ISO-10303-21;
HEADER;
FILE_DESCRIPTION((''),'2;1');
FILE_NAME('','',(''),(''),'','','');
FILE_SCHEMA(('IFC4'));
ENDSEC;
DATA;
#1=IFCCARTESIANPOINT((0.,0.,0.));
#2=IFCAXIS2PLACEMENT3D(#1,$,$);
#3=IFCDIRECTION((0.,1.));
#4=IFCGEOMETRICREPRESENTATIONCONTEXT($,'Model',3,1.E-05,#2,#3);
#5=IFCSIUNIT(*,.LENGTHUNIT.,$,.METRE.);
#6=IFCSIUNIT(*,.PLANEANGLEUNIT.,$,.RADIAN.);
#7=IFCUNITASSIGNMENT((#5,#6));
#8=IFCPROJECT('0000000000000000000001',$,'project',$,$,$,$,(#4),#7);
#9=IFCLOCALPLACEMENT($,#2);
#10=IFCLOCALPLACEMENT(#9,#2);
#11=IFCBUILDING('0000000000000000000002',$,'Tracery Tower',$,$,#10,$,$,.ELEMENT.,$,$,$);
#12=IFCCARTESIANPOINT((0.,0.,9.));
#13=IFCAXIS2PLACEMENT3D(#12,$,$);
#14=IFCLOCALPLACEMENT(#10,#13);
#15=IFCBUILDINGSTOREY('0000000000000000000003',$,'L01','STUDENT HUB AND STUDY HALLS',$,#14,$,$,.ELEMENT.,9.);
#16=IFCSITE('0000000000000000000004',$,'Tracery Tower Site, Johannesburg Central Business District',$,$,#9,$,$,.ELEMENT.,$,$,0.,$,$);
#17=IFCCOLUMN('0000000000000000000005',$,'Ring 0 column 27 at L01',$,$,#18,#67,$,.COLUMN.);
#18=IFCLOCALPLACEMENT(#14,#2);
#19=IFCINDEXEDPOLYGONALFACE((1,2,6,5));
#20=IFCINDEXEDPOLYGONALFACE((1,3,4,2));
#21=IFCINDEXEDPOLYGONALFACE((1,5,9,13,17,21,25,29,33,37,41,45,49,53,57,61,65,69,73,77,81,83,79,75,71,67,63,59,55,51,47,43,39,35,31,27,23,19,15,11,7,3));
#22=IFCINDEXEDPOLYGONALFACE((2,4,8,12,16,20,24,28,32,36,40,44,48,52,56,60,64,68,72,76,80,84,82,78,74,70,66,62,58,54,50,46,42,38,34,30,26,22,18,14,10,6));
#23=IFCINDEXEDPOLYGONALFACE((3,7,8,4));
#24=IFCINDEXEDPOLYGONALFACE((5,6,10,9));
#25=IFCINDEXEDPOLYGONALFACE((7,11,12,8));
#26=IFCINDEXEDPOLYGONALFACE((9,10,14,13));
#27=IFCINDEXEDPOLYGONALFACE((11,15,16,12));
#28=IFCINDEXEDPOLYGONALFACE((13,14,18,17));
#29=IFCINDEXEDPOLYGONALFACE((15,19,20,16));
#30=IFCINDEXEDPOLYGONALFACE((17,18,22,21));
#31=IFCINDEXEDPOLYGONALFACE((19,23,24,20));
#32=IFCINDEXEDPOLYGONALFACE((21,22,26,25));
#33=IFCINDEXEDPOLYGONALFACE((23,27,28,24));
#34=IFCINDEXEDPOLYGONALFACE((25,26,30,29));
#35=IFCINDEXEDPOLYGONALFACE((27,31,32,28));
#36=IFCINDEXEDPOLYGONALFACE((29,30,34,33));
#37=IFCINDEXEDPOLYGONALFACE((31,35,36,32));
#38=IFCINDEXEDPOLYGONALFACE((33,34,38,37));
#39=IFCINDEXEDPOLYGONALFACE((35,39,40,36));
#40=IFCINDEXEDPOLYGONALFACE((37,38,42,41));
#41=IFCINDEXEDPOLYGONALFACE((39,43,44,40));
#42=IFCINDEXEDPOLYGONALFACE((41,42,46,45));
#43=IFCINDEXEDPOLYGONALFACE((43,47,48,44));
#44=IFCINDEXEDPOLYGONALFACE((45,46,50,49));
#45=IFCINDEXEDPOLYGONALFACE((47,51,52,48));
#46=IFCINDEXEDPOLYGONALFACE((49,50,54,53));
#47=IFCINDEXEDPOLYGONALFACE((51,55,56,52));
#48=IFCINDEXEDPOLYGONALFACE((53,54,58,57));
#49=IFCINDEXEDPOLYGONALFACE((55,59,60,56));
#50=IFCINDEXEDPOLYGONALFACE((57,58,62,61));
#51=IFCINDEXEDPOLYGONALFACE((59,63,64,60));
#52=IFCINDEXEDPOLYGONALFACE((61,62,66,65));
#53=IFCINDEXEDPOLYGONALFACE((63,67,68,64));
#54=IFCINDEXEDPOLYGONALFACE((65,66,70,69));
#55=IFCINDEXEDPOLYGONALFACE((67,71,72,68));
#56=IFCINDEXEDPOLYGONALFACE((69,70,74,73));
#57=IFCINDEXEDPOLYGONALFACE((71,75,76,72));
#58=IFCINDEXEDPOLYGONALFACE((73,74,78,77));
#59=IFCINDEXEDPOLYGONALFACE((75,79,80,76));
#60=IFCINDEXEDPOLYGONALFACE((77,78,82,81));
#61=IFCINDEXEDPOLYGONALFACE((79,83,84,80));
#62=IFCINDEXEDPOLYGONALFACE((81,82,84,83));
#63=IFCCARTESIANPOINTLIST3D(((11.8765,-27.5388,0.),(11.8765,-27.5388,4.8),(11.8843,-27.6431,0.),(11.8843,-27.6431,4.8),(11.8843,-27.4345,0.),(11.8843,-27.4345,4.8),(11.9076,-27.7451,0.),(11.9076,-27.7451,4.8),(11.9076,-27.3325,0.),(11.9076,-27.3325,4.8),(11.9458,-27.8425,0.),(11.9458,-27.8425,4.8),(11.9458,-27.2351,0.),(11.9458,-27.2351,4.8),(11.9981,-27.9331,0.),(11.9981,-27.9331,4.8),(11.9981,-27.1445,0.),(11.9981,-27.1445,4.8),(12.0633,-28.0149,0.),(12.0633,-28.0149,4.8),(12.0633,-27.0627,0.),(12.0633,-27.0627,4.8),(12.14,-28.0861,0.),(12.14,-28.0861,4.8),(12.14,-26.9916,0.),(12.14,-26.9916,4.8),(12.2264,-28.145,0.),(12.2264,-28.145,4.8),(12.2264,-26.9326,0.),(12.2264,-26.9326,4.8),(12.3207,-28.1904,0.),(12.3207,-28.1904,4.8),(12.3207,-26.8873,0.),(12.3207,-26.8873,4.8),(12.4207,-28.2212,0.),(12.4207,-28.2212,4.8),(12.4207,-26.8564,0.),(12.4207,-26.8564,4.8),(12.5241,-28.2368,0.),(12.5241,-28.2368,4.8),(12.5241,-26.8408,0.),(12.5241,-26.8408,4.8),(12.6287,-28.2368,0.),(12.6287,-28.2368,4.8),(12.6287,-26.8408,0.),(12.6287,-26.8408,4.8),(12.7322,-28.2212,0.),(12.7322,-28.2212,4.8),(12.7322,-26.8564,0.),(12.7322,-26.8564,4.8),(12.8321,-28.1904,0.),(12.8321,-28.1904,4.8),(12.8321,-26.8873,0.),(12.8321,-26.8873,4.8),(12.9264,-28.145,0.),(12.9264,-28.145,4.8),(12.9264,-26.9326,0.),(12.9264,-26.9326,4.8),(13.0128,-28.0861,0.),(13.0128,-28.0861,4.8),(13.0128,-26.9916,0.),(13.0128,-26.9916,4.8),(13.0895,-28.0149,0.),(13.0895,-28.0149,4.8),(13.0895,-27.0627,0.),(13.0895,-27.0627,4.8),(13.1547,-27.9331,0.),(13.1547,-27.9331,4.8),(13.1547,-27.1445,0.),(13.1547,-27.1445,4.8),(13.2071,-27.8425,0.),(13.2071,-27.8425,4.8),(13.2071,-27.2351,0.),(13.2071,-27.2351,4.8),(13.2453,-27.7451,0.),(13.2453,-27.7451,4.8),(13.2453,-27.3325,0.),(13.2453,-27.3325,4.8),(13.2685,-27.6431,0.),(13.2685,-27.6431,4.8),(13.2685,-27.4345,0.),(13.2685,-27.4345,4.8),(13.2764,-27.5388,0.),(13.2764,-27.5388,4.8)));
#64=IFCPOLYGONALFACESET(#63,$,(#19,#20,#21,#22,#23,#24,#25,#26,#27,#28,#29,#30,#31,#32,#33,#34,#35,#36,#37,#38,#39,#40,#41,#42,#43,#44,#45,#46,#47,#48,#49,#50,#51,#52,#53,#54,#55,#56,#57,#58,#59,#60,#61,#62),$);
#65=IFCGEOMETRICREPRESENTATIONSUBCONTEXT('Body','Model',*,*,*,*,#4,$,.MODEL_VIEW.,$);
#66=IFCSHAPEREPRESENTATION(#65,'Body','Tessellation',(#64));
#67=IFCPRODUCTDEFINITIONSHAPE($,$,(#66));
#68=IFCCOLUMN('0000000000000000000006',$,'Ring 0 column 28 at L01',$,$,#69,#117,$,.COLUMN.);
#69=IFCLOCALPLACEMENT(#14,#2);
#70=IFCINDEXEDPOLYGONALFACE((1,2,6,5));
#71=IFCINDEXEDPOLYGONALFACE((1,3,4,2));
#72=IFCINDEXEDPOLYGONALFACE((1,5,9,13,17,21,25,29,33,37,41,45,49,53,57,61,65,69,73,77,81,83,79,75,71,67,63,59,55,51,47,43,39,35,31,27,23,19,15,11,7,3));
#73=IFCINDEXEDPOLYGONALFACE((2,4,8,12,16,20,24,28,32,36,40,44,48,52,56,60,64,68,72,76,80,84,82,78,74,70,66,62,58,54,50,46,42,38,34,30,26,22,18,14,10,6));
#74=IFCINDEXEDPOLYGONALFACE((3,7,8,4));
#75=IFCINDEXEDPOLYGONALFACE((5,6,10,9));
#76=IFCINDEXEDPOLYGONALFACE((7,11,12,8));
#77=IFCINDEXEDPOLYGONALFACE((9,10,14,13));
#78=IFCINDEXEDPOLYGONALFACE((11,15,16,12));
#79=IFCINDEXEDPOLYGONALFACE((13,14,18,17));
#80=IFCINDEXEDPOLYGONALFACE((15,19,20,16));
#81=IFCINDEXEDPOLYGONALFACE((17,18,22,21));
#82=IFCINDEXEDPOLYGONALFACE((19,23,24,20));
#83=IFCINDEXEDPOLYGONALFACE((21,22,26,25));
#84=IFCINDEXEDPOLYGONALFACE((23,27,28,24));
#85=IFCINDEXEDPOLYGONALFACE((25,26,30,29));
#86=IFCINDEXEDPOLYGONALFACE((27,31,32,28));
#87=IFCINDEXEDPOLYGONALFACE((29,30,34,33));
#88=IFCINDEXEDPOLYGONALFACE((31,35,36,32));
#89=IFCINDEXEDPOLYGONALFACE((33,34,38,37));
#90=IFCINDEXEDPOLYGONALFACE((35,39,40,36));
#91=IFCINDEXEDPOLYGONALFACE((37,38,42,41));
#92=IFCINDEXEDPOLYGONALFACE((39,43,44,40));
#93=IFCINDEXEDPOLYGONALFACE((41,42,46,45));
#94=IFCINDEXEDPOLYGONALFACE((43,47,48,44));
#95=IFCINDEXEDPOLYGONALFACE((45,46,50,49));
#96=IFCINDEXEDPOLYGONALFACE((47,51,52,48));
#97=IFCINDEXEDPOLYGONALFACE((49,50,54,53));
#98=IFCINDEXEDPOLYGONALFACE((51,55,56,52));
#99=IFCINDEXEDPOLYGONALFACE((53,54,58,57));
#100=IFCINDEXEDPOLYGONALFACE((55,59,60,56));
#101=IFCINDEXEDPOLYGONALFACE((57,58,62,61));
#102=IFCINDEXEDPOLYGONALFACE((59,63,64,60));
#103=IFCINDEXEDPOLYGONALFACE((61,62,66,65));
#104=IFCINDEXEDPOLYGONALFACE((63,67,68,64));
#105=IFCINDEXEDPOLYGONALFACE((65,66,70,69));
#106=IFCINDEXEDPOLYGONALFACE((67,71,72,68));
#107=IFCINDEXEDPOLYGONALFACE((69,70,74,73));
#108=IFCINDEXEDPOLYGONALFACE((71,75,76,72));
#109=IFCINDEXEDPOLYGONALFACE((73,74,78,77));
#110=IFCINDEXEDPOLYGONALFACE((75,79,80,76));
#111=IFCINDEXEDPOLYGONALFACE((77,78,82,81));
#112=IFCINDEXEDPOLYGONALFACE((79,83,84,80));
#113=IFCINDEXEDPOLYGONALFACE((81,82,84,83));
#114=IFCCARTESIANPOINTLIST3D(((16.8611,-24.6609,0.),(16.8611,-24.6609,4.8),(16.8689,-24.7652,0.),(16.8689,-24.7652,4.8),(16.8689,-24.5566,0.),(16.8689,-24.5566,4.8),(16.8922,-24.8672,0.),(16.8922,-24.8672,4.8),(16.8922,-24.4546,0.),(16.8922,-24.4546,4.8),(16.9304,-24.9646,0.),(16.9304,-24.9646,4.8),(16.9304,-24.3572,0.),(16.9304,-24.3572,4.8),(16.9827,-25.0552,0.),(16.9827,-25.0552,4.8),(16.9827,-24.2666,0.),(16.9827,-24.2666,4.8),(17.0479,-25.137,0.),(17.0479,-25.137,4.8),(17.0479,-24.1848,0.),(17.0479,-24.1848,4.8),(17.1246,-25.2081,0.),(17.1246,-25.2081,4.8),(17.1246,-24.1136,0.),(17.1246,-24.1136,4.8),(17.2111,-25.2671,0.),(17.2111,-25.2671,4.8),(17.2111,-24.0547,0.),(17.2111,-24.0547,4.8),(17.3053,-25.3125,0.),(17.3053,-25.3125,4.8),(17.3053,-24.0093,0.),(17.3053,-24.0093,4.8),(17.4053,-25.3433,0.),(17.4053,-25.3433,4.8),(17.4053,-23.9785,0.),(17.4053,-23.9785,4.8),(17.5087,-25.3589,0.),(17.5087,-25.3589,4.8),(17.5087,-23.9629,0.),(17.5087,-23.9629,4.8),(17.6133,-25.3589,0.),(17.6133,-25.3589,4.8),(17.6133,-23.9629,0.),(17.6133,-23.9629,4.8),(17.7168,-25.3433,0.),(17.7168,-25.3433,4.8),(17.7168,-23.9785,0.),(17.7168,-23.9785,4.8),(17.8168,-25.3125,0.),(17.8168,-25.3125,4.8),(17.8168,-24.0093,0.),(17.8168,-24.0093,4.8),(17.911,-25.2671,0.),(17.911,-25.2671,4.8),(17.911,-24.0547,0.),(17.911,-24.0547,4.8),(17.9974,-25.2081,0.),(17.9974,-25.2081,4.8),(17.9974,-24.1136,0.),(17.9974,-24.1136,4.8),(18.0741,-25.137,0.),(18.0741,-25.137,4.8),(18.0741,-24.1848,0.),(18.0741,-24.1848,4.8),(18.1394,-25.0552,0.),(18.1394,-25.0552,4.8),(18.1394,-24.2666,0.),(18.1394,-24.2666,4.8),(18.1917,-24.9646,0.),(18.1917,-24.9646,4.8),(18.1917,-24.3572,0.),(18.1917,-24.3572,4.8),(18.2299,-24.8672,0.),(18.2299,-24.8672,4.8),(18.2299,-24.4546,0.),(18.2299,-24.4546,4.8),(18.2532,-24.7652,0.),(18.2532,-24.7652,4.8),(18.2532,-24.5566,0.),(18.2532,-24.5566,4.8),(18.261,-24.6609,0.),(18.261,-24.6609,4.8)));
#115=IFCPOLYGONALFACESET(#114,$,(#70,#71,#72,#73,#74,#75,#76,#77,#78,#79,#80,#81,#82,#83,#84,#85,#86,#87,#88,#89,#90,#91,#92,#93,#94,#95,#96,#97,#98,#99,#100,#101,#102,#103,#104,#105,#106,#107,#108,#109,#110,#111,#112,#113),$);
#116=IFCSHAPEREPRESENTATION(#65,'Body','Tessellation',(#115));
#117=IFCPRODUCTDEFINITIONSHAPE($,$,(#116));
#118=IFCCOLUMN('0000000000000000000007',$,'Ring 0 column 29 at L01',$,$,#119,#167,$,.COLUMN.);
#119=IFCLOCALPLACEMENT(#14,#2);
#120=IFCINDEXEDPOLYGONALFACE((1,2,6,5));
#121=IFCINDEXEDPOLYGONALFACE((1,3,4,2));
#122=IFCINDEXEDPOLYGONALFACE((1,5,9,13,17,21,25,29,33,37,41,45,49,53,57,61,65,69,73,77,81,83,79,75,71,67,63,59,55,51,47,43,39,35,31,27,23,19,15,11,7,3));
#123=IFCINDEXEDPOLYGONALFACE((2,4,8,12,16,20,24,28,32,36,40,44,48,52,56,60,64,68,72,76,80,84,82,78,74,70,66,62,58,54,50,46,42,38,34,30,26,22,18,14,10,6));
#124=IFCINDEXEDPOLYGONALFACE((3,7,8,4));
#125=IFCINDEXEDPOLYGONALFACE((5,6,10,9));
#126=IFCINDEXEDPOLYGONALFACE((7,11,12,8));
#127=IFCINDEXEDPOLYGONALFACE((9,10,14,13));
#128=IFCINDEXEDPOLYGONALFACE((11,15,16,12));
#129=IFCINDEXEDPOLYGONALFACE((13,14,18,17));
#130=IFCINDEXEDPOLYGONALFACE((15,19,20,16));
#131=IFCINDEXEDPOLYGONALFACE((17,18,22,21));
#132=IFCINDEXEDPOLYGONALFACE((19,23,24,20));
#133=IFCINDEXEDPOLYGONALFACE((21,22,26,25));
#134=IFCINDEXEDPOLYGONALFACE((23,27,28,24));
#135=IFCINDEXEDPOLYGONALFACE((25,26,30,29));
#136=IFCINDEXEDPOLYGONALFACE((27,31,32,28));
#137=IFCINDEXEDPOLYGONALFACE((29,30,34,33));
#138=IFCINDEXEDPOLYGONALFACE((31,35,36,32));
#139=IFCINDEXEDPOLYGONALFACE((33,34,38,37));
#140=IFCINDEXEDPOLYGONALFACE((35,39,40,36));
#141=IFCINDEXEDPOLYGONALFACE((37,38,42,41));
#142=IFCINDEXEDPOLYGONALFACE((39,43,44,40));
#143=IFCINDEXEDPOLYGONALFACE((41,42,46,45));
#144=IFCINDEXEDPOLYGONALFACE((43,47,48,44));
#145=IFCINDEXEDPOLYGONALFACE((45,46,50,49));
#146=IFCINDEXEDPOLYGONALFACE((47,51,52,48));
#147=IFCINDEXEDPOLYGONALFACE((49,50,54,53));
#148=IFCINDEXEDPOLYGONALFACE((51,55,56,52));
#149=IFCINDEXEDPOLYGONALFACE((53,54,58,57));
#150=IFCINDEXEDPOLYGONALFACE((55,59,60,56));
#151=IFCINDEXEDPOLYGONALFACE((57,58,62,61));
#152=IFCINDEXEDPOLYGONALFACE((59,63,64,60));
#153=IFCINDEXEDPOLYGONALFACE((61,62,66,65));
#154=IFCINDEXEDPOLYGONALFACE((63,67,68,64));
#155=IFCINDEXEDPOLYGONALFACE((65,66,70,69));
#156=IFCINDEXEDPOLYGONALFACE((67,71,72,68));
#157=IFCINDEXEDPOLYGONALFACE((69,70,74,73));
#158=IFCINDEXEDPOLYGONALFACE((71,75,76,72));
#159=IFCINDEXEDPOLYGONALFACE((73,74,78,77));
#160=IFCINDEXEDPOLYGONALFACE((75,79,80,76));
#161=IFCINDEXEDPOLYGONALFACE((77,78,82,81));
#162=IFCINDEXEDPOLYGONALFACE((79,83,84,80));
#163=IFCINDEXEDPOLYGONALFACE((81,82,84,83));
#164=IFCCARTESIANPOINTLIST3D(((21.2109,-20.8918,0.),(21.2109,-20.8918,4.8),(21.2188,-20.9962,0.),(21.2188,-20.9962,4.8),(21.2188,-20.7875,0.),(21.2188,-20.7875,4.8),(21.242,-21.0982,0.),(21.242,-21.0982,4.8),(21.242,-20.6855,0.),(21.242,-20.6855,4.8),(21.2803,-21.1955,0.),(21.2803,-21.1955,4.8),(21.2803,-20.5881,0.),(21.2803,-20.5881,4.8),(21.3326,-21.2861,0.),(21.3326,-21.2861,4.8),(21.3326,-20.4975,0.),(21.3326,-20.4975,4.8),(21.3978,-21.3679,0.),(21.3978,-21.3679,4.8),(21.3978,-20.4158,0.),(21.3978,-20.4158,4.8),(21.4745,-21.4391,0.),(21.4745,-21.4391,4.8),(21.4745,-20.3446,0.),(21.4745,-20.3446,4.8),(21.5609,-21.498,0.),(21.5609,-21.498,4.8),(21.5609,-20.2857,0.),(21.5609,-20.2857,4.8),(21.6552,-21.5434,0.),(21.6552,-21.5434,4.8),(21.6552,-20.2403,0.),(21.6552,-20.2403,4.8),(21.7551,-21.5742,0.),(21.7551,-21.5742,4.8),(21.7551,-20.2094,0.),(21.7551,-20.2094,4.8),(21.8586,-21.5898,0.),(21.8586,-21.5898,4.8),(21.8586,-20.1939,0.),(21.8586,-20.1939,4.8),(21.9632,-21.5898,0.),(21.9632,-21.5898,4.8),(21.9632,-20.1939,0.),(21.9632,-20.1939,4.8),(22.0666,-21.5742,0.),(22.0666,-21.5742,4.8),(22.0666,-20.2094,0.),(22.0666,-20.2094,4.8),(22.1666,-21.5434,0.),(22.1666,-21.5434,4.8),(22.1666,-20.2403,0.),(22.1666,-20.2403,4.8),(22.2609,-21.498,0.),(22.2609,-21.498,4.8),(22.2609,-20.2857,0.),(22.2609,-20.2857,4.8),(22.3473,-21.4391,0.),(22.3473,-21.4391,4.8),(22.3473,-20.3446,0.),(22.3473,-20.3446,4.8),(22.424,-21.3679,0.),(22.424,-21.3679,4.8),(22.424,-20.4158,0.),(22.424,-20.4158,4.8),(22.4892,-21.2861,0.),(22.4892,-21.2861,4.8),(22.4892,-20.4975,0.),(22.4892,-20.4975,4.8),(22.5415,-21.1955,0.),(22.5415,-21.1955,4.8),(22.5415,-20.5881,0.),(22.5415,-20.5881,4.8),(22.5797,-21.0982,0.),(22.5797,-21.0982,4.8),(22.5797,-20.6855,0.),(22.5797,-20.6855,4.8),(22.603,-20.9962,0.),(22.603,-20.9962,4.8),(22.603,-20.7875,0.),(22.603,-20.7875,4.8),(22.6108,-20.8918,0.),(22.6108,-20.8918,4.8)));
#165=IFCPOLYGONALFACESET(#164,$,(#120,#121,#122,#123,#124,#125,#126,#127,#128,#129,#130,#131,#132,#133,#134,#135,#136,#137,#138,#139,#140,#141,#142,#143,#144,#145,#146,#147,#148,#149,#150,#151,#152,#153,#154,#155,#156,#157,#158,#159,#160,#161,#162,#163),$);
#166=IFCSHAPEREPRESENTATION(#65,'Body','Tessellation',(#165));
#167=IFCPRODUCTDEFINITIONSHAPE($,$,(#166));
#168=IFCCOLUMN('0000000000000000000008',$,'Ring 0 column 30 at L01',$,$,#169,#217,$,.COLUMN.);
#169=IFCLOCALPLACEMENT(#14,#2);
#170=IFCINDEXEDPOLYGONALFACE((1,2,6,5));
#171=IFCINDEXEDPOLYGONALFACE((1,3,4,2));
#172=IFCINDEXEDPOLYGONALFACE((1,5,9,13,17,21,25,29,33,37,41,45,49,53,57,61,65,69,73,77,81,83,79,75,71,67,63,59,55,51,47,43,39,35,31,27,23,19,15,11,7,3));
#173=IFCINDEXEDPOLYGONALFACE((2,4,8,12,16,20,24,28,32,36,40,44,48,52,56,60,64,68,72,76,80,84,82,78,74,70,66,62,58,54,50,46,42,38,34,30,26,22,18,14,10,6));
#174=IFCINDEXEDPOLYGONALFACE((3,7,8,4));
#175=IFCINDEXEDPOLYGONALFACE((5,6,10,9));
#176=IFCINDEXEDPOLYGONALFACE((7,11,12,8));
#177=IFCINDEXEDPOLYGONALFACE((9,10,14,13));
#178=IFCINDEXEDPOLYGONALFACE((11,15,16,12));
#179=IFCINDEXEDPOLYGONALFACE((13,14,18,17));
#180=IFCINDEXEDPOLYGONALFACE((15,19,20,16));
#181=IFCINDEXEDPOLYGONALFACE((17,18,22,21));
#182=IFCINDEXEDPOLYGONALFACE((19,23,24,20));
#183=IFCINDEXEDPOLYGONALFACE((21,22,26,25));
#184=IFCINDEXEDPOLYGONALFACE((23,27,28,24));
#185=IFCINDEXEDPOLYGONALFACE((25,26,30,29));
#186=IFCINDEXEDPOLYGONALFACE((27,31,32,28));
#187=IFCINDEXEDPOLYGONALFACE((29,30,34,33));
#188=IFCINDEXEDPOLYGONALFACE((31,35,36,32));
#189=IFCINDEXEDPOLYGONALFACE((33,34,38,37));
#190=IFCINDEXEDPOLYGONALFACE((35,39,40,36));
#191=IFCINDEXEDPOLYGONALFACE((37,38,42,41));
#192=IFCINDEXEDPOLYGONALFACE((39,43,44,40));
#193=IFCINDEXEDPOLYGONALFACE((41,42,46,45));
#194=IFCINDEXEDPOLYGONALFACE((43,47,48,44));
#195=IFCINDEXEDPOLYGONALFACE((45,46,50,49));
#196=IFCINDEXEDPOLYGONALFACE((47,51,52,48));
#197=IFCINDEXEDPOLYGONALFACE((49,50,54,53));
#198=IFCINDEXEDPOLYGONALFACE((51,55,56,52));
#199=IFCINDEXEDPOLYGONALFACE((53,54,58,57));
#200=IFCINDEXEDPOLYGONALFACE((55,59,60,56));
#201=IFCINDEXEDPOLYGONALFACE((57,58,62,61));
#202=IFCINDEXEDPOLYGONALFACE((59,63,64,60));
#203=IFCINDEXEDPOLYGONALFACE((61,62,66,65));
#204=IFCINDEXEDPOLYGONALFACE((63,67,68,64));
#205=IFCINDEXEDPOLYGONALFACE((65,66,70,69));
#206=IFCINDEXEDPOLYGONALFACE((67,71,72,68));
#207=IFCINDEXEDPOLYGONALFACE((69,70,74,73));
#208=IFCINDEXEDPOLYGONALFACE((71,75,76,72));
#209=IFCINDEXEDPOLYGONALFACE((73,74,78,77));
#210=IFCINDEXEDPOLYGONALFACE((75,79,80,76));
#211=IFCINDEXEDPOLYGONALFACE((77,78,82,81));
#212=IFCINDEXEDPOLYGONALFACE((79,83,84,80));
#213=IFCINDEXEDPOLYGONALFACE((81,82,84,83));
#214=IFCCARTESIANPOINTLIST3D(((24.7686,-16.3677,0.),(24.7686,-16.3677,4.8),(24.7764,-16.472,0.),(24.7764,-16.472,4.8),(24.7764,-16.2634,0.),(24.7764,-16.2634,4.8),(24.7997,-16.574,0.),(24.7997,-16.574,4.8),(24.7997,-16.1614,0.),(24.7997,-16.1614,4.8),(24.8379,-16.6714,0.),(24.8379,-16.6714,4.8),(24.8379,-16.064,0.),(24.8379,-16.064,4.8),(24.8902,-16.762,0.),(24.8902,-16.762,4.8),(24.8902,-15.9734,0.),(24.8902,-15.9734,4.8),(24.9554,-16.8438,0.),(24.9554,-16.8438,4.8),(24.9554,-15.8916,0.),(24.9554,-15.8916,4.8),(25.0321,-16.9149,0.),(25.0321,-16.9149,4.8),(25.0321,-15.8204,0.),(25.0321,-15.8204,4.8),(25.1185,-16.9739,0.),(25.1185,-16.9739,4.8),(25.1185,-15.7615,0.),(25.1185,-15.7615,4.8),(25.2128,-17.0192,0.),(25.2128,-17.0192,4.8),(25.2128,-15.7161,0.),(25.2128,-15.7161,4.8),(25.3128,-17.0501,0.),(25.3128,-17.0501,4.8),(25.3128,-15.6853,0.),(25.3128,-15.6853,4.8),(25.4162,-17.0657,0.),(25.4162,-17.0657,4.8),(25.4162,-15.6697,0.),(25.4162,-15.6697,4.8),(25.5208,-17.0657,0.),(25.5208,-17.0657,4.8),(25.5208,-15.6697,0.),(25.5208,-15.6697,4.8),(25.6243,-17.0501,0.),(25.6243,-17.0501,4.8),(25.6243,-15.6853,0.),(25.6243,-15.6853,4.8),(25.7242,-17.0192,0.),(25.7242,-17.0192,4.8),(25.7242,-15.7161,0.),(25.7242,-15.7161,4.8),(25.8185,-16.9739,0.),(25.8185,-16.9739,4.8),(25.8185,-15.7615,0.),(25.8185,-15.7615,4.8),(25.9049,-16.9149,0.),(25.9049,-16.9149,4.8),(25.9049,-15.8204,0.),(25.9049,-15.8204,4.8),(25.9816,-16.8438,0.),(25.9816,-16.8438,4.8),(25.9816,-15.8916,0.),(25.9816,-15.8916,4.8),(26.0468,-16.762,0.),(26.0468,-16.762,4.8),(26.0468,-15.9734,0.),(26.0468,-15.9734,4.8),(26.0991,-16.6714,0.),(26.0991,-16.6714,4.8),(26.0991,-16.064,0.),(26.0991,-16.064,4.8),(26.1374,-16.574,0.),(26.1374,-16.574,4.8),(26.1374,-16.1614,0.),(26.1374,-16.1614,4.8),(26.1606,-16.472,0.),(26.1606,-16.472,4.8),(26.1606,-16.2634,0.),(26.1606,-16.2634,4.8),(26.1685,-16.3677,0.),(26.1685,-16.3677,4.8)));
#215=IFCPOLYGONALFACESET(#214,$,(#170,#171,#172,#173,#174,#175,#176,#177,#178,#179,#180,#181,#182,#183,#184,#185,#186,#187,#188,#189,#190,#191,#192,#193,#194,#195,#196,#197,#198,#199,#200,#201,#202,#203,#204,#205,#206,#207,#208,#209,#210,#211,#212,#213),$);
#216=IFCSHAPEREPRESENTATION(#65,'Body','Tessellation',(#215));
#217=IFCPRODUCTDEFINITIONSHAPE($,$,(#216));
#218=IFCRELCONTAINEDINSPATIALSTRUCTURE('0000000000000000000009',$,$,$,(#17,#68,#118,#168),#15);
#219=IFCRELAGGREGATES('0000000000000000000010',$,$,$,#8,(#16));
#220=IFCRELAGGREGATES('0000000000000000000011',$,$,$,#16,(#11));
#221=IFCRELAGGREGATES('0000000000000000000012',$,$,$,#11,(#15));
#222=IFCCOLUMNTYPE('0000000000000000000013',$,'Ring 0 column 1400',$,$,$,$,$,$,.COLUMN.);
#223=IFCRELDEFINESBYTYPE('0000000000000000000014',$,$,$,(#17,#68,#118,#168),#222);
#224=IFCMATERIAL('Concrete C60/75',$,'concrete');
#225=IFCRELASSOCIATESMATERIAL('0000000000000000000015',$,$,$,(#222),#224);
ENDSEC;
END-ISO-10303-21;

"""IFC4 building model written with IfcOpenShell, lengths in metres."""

from ifc_helpers import new_model, si_unit, direction, frame, origin, origin_2d, place, context, subcontext, project, spatial, circle, extrude, material, material_profile, profile_set, type_object, element, save


model = new_model("IFC4")

# Units and contexts
model_context = context("Model", 3, precision=1e-05, world=origin(), true_north=direction((0.0, 1.0)))
body_context = subcontext(model_context, "Body", "Model", "MODEL_VIEW")
ifc_project = project(units=[si_unit("LENGTHUNIT", "METRE"), si_unit("PLANEANGLEUNIT", "RADIAN")], contexts=[model_context])

# Site, building, storey
site_placement = place(None, origin())
site = spatial("IfcSite", under=ifc_project, at=site_placement, Name="Tracery Tower Site, Johannesburg Central Business District", CompositionType="ELEMENT", RefElevation=0.0)
building_placement = place(site_placement, origin())
building = spatial("IfcBuilding", under=site, at=building_placement, Name="Tracery Tower", CompositionType="ELEMENT")
storey_placement = place(building_placement, frame((0.0, 0.0, 9.0)))
storey = spatial("IfcBuildingStorey", under=building, at=storey_placement, Name="L01", Description="STUDENT HUB AND STUDY HALLS", CompositionType="ELEMENT", Elevation=9.0)

# Columns
ifc_material_1 = material(Name="Concrete C60/75", Category="concrete")
ifc_material_profile_1 = material_profile(ifc_material_1, circle(Radius=0.7, at=origin_2d()), Name="RC D1400")
ifc_profile_set_1 = profile_set([ifc_material_profile_1], Name="Concrete C60/75")
column_type_1 = type_object("IfcColumnType", Name="Ring 0 column 1400", PredefinedType="COLUMN", material=ifc_profile_set_1)
for number, where, z_axis, x_axis, name in (
    (1, (12.5764, -27.5388, 0.0), (0.0, 0.0, 1.0), (1.0, 0.0, 0.0), "Ring 0 column 27 at L01"),
    (2, (17.561, -24.6609, 0.0), (0.0, 0.0, 1.0), (1.0, 0.0, 0.0), "Ring 0 column 28 at L01"),
    (3, (21.9109, -20.8918, 0.0), (0.0, 0.0, 1.0), (1.0, 0.0, 0.0), "Ring 0 column 29 at L01"),
    (4, (25.4685, -16.3677, 0.0), (0.0, 0.0, 1.0), (1.0, 0.0, 0.0), "Ring 0 column 30 at L01"),
):
    element("IfcColumn", number, at=place(storey_placement, frame(where, z_axis=z_axis, x_axis=x_axis)), inside=storey, type_object=column_type_1, Name=name, PredefinedType="COLUMN", context=body_context, shape_type="SweptSolid", body=[
        extrude(circle(Radius=0.7, at=origin_2d()), origin(), (0.0, 0.0, 1.0), 4.8),
    ])

save(model, "model.ifc")
